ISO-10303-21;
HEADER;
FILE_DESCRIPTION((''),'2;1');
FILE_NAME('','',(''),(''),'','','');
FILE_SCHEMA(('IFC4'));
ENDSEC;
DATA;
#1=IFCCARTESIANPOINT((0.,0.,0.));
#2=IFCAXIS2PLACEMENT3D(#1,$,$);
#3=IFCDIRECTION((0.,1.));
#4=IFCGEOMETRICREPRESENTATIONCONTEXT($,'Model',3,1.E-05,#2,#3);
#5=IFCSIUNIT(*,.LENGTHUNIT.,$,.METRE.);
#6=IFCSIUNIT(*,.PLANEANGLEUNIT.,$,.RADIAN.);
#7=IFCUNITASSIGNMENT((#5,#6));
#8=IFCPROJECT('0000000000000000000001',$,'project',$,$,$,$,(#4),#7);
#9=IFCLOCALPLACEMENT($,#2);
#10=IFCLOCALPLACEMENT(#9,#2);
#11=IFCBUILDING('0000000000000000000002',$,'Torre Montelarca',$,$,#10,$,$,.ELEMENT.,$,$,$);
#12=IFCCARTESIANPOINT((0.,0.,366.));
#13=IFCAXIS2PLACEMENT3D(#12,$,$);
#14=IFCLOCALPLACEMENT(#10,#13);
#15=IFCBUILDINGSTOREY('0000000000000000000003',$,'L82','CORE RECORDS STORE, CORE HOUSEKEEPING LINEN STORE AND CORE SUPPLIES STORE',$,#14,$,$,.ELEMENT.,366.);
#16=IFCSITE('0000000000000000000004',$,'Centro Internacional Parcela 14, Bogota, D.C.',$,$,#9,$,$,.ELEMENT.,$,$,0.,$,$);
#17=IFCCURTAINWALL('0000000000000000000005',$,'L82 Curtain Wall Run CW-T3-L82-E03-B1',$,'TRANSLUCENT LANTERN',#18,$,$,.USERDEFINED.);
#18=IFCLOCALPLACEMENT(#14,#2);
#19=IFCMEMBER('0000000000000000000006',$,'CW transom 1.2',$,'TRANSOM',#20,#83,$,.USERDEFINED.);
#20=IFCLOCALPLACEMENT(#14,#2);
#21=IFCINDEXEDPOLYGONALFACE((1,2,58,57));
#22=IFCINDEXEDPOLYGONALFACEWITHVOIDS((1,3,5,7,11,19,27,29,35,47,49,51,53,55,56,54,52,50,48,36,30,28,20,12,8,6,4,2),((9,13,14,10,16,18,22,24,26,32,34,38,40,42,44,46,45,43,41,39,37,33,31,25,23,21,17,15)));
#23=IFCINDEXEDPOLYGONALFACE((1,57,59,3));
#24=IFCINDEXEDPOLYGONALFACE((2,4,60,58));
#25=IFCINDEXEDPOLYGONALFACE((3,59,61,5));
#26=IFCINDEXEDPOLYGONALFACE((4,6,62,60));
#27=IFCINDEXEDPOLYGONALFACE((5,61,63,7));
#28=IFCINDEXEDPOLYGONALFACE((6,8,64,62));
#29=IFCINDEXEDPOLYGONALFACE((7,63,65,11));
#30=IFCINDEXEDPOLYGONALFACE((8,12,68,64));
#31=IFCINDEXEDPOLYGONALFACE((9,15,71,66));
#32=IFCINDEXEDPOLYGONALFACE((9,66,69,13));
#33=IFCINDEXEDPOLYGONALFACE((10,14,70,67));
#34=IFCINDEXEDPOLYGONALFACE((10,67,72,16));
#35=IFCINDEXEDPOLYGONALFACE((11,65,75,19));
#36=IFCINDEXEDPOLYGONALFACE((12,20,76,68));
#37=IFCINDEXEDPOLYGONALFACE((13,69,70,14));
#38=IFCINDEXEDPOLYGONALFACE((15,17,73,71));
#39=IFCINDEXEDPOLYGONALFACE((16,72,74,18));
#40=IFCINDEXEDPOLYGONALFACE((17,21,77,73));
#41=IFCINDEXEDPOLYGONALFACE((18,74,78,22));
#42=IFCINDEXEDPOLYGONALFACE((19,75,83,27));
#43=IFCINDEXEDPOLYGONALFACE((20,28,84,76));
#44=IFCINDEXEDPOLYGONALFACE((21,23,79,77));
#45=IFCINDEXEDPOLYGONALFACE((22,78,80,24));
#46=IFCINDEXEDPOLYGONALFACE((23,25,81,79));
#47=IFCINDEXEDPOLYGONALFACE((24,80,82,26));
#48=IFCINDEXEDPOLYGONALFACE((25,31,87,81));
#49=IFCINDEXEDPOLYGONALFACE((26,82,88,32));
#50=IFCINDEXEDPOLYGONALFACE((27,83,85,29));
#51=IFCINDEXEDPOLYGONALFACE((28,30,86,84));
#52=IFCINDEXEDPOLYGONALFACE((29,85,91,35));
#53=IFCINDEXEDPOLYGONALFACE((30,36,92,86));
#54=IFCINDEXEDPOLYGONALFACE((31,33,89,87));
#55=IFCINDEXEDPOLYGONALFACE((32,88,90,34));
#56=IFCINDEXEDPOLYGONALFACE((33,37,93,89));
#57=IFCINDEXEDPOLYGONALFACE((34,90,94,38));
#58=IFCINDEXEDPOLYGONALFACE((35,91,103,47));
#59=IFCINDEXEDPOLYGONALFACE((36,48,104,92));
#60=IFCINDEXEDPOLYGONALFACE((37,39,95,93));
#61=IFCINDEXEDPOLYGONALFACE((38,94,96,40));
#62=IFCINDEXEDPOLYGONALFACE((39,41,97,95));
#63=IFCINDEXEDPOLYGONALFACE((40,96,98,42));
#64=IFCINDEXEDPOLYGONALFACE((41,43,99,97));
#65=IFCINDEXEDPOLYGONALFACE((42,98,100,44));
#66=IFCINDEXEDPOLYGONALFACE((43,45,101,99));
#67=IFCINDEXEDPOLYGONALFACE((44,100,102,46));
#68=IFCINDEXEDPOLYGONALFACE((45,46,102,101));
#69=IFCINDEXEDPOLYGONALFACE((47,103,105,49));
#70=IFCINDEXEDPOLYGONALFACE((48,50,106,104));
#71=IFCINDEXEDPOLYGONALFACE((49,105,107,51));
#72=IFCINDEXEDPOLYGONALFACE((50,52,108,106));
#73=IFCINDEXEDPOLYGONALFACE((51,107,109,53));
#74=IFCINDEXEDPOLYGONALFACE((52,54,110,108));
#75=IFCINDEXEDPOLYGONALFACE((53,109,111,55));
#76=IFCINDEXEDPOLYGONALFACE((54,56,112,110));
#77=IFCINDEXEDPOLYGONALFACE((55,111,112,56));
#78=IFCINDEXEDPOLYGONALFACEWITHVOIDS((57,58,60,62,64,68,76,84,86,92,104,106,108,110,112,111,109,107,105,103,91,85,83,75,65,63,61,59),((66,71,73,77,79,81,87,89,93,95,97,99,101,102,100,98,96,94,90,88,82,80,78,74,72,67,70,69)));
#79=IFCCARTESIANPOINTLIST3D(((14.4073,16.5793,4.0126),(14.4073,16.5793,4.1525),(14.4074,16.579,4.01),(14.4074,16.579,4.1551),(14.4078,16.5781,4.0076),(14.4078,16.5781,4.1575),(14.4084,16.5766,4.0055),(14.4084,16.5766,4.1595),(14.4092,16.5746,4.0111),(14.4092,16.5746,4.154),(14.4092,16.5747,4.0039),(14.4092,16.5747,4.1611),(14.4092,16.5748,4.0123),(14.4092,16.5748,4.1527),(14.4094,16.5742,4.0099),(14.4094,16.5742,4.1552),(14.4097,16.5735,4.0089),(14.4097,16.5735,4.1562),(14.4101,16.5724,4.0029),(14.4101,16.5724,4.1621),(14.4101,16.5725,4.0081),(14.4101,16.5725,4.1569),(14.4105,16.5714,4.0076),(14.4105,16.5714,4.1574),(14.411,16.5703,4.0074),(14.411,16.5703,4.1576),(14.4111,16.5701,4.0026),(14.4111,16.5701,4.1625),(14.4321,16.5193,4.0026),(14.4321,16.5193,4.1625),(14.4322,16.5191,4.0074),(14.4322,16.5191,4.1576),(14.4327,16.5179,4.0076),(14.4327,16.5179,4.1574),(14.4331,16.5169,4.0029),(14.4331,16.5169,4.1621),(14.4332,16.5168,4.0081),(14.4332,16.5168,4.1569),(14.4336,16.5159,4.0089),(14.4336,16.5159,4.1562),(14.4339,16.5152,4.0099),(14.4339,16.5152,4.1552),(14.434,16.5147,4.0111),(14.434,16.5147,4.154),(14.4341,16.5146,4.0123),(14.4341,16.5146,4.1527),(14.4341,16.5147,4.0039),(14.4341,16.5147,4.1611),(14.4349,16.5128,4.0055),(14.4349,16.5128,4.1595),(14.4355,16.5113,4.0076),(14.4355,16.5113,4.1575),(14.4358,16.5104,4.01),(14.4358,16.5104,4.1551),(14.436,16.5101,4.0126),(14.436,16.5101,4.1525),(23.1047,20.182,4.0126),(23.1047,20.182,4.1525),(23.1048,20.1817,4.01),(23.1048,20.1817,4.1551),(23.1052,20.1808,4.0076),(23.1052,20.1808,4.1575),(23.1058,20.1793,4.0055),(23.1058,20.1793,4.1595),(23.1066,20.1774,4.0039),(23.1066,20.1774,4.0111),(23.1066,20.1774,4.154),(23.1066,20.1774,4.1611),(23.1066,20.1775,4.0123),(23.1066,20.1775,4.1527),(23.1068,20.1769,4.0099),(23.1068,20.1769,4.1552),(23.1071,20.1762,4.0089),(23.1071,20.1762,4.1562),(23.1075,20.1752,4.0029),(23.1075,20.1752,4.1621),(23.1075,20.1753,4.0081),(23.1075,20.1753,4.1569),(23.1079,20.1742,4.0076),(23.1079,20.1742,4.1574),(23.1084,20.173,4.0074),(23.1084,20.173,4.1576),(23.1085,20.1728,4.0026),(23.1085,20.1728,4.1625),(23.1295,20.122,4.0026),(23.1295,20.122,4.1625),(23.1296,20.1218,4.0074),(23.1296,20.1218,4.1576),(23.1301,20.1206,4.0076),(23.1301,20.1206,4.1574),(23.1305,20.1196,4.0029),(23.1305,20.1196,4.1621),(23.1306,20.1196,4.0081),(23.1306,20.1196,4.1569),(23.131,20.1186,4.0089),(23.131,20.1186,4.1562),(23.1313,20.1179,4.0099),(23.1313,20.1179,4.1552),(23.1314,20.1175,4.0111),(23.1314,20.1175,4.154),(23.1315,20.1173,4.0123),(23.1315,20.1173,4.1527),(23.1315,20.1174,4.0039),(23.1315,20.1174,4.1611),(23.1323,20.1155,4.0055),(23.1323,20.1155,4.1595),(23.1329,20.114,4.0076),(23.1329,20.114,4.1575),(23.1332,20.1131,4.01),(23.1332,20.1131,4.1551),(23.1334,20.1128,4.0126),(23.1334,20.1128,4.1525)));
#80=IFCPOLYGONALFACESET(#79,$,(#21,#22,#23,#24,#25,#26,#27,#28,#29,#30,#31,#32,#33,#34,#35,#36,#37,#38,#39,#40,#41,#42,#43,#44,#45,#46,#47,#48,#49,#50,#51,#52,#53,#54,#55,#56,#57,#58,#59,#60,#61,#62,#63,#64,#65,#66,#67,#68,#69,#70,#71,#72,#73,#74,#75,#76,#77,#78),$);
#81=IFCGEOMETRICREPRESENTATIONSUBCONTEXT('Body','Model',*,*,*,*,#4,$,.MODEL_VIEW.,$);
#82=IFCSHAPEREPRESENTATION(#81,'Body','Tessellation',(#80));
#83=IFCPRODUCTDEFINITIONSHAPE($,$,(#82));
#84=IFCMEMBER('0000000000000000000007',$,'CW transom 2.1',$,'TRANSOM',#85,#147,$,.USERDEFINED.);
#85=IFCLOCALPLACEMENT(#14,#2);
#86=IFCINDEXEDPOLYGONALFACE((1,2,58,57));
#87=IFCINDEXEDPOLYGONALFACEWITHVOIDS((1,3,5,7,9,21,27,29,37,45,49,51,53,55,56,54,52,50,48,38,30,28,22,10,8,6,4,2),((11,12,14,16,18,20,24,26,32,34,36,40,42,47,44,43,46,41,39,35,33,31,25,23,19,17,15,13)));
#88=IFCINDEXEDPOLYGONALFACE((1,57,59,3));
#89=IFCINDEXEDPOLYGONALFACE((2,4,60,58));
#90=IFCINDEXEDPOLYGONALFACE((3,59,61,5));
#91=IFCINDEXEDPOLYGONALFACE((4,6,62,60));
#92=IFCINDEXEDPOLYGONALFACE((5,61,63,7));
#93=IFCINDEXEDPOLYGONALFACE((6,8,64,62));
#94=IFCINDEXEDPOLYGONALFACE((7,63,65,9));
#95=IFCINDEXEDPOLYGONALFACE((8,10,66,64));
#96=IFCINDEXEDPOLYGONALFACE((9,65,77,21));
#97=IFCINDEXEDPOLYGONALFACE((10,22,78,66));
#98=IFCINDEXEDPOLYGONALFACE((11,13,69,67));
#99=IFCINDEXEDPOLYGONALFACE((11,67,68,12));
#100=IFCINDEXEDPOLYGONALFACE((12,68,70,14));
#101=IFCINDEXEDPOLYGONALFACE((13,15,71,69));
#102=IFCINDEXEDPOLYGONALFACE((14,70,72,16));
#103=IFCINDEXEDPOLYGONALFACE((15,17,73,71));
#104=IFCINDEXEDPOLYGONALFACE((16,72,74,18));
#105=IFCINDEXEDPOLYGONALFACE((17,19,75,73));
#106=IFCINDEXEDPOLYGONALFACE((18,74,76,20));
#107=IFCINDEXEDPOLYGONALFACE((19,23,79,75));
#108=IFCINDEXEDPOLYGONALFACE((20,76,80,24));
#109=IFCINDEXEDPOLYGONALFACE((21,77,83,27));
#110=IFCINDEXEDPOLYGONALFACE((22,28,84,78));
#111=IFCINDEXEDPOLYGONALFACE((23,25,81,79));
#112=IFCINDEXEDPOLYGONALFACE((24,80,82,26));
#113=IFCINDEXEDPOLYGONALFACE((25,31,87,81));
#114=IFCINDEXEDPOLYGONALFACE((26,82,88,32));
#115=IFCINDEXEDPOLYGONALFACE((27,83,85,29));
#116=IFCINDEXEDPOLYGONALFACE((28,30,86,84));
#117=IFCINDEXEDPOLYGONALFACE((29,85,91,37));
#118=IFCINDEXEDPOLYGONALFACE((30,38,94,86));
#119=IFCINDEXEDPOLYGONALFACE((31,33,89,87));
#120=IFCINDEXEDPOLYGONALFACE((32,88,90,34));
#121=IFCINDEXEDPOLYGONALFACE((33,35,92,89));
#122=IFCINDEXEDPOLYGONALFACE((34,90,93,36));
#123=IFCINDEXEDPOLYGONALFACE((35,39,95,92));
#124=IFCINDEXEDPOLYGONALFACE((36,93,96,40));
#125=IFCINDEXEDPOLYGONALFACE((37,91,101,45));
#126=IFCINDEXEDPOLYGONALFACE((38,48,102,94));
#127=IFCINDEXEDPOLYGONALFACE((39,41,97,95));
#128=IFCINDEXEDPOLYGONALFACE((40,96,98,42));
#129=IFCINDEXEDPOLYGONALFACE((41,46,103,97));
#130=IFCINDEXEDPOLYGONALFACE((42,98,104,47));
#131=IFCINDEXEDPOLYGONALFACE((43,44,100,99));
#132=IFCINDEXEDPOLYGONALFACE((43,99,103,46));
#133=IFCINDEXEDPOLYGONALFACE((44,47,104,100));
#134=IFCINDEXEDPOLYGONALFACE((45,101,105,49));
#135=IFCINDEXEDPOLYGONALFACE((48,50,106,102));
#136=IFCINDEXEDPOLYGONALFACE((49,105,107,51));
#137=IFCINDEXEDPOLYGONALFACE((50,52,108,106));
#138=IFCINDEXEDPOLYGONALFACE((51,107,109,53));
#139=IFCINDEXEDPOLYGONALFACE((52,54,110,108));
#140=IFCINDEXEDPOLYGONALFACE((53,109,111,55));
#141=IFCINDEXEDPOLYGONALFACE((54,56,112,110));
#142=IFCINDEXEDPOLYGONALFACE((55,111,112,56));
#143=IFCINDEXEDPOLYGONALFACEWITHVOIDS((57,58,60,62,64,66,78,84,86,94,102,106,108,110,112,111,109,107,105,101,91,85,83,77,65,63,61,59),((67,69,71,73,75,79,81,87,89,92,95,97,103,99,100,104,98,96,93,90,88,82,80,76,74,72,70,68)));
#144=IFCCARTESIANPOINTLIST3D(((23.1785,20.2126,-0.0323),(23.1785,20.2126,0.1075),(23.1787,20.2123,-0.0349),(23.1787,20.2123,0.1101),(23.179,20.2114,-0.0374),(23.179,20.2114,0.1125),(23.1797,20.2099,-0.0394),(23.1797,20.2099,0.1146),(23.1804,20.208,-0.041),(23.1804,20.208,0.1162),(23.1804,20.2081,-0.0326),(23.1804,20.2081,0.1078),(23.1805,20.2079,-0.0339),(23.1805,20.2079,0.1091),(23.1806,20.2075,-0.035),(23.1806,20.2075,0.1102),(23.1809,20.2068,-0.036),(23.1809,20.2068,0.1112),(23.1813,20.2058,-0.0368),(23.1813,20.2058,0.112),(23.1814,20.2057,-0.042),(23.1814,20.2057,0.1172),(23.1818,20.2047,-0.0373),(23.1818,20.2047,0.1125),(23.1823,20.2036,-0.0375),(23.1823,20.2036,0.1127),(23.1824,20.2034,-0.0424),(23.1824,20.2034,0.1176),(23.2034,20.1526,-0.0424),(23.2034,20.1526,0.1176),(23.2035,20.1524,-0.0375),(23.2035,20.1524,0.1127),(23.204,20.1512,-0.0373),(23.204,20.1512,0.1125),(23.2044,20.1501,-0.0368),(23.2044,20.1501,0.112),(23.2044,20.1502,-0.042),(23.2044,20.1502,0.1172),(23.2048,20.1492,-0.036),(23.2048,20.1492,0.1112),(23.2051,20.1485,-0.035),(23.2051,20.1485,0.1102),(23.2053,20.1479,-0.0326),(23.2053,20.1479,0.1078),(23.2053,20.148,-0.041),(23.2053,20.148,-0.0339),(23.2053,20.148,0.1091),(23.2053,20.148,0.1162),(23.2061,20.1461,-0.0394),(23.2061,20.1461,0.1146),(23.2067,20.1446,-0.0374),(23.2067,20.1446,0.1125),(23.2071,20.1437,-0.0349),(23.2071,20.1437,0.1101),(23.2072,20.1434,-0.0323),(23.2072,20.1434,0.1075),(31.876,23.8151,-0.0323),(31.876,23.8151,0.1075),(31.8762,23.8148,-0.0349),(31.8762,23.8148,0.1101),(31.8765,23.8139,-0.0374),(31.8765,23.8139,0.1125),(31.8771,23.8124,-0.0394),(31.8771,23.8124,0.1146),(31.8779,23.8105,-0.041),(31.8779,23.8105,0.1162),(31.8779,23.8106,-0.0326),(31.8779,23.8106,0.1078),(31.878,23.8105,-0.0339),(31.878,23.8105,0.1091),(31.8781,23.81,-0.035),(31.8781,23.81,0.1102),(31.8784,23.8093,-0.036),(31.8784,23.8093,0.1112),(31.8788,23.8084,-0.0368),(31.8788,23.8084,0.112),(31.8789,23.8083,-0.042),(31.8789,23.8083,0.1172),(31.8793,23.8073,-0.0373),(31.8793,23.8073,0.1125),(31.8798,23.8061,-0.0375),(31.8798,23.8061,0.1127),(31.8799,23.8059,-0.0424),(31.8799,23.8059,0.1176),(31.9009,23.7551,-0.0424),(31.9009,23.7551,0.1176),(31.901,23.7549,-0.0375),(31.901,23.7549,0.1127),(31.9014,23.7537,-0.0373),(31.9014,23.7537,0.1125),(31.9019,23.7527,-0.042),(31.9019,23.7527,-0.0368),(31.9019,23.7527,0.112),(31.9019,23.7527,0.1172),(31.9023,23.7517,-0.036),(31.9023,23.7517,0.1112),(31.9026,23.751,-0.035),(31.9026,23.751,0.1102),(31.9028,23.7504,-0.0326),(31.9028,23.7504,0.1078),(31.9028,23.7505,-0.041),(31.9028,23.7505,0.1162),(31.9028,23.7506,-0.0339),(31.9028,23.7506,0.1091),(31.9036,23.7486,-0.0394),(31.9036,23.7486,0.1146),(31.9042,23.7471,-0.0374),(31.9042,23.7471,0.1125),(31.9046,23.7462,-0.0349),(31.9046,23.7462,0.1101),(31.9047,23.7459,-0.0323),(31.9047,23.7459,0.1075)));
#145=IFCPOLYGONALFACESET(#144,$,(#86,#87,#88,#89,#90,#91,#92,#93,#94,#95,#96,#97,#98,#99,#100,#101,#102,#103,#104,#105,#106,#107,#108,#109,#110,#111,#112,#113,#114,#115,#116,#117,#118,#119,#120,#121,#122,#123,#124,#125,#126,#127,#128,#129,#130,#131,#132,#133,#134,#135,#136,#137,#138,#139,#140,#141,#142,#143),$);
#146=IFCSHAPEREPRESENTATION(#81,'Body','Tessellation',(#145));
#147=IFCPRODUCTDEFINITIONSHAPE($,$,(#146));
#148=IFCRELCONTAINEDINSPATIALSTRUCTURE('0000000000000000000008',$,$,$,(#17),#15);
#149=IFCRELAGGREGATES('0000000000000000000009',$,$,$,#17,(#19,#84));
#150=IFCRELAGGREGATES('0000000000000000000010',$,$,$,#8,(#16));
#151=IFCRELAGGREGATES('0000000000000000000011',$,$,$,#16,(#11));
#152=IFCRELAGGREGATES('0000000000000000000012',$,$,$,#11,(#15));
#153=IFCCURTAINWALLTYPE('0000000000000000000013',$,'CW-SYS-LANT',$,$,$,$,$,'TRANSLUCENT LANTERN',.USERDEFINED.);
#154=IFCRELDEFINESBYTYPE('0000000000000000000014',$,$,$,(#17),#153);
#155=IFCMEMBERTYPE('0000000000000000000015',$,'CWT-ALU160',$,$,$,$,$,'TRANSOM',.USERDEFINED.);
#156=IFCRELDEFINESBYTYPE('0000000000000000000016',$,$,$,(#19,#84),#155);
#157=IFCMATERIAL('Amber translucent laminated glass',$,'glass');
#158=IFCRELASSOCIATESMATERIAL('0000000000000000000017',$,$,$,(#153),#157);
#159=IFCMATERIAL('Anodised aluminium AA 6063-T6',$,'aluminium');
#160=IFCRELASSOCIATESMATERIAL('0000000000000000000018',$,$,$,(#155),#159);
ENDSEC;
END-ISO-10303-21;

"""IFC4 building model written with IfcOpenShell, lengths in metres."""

from ifc_helpers import new_model, si_unit, direction, frame, origin, origin_2d, place, context, subcontext, project, spatial, hollow_rectangle, extrude, source, transform, mapped, material, material_profile, profile_set, type_object, element, aggregate, save


model = new_model("IFC4")

# Units and contexts
model_context = context("Model", 3, precision=1e-05, world=origin(), true_north=direction((0.0, 1.0)))
body_context = subcontext(model_context, "Body", "Model", "MODEL_VIEW")
ifc_project = project(units=[si_unit("LENGTHUNIT", "METRE"), si_unit("PLANEANGLEUNIT", "RADIAN")], contexts=[model_context])

# Site, building, storey
site_placement = place(None, origin())
site = spatial("IfcSite", under=ifc_project, at=site_placement, Name="Centro Internacional Parcela 14, Bogota, D.C.", CompositionType="ELEMENT", RefElevation=0.0)
building_placement = place(site_placement, origin())
building = spatial("IfcBuilding", under=site, at=building_placement, Name="Torre Montelarca", CompositionType="ELEMENT")
storey_placement = place(building_placement, frame((0.0, 0.0, 366.0)))
storey = spatial("IfcBuildingStorey", under=building, at=storey_placement, Name="L82", Description="CORE RECORDS STORE, CORE HOUSEKEEPING LINEN STORE AND CORE SUPPLIES STORE", CompositionType="ELEMENT", Elevation=366.0)

# Curtain wall
ifc_material_1 = material(Name="Amber translucent laminated glass", Category="glass")
curtain_wall_type = type_object("IfcCurtainWallType", Name="CW-SYS-LANT", ElementType="TRANSLUCENT LANTERN", PredefinedType="USERDEFINED", material=ifc_material_1)
curtain_wall_1_placement = place(storey_placement, origin())
curtain_wall_1 = element("IfcCurtainWall", 1, at=curtain_wall_1_placement, inside=storey, type_object=curtain_wall_type, Name="L82 Curtain Wall Run CW-T3-L82-E03-B1", ObjectType="TRANSLUCENT LANTERN", PredefinedType="USERDEFINED")
ifc_material_2 = material(Name="Anodised aluminium AA 6063-T6", Category="aluminium")
ifc_material_profile_1 = material_profile(ifc_material_2, hollow_rectangle(XDim=0.075, YDim=0.1599, WallThickness=0.0049, InnerFilletRadius=0.0049, OuterFilletRadius=0.01, at=origin_2d()), Name="ALU75X160X5", Category="aluminium")
ifc_profile_set_1 = profile_set([ifc_material_profile_1], Name="Anodised aluminium AA 6063-T6")
member_type_1 = type_object("IfcMemberType", Name="CWT-ALU160", ElementType="TRANSOM", PredefinedType="USERDEFINED", material=ifc_profile_set_1)

# Members
shared_shape_1 = source(origin(), body_context, "Body", "SweptSolid", [
    extrude(hollow_rectangle(XDim=0.075, YDim=0.1599, WallThickness=0.0049, InnerFilletRadius=0.0049, OuterFilletRadius=0.01, at=origin_2d()), origin(), (0.0, 0.0, 1.0), 9.4141),
])
member_1_placement = place(storey_placement, frame((14.4216, 16.5447, 4.0825), z_axis=(0.923874, 0.382698, 0.0), x_axis=(-0.382698, 0.923874, 0.0)))
member_1 = element("IfcMember", 2, at=member_1_placement, type_object=member_type_1, Name="CW transom 1.2", ObjectType="TRANSOM", PredefinedType="USERDEFINED", context=body_context, shape_type="MappedRepresentation", body=[
    mapped(shared_shape_1, transform((0.0, 0.0, 0.0), scale=1.0)),
])
member_2_placement = place(storey_placement, frame((23.1929, 20.178, 0.0376), z_axis=(0.923883, 0.382676, 0.0), x_axis=(-0.382676, 0.923883, 0.0)))
member_2 = element("IfcMember", 3, at=member_2_placement, type_object=member_type_1, Name="CW transom 2.1", ObjectType="TRANSOM", PredefinedType="USERDEFINED", context=body_context, shape_type="MappedRepresentation", body=[
    mapped(shared_shape_1, transform((0.0, 0.0, 0.0), scale=1.0)),
])

aggregate(curtain_wall_1, [member_1, member_2])

save(model, "model.ifc")
